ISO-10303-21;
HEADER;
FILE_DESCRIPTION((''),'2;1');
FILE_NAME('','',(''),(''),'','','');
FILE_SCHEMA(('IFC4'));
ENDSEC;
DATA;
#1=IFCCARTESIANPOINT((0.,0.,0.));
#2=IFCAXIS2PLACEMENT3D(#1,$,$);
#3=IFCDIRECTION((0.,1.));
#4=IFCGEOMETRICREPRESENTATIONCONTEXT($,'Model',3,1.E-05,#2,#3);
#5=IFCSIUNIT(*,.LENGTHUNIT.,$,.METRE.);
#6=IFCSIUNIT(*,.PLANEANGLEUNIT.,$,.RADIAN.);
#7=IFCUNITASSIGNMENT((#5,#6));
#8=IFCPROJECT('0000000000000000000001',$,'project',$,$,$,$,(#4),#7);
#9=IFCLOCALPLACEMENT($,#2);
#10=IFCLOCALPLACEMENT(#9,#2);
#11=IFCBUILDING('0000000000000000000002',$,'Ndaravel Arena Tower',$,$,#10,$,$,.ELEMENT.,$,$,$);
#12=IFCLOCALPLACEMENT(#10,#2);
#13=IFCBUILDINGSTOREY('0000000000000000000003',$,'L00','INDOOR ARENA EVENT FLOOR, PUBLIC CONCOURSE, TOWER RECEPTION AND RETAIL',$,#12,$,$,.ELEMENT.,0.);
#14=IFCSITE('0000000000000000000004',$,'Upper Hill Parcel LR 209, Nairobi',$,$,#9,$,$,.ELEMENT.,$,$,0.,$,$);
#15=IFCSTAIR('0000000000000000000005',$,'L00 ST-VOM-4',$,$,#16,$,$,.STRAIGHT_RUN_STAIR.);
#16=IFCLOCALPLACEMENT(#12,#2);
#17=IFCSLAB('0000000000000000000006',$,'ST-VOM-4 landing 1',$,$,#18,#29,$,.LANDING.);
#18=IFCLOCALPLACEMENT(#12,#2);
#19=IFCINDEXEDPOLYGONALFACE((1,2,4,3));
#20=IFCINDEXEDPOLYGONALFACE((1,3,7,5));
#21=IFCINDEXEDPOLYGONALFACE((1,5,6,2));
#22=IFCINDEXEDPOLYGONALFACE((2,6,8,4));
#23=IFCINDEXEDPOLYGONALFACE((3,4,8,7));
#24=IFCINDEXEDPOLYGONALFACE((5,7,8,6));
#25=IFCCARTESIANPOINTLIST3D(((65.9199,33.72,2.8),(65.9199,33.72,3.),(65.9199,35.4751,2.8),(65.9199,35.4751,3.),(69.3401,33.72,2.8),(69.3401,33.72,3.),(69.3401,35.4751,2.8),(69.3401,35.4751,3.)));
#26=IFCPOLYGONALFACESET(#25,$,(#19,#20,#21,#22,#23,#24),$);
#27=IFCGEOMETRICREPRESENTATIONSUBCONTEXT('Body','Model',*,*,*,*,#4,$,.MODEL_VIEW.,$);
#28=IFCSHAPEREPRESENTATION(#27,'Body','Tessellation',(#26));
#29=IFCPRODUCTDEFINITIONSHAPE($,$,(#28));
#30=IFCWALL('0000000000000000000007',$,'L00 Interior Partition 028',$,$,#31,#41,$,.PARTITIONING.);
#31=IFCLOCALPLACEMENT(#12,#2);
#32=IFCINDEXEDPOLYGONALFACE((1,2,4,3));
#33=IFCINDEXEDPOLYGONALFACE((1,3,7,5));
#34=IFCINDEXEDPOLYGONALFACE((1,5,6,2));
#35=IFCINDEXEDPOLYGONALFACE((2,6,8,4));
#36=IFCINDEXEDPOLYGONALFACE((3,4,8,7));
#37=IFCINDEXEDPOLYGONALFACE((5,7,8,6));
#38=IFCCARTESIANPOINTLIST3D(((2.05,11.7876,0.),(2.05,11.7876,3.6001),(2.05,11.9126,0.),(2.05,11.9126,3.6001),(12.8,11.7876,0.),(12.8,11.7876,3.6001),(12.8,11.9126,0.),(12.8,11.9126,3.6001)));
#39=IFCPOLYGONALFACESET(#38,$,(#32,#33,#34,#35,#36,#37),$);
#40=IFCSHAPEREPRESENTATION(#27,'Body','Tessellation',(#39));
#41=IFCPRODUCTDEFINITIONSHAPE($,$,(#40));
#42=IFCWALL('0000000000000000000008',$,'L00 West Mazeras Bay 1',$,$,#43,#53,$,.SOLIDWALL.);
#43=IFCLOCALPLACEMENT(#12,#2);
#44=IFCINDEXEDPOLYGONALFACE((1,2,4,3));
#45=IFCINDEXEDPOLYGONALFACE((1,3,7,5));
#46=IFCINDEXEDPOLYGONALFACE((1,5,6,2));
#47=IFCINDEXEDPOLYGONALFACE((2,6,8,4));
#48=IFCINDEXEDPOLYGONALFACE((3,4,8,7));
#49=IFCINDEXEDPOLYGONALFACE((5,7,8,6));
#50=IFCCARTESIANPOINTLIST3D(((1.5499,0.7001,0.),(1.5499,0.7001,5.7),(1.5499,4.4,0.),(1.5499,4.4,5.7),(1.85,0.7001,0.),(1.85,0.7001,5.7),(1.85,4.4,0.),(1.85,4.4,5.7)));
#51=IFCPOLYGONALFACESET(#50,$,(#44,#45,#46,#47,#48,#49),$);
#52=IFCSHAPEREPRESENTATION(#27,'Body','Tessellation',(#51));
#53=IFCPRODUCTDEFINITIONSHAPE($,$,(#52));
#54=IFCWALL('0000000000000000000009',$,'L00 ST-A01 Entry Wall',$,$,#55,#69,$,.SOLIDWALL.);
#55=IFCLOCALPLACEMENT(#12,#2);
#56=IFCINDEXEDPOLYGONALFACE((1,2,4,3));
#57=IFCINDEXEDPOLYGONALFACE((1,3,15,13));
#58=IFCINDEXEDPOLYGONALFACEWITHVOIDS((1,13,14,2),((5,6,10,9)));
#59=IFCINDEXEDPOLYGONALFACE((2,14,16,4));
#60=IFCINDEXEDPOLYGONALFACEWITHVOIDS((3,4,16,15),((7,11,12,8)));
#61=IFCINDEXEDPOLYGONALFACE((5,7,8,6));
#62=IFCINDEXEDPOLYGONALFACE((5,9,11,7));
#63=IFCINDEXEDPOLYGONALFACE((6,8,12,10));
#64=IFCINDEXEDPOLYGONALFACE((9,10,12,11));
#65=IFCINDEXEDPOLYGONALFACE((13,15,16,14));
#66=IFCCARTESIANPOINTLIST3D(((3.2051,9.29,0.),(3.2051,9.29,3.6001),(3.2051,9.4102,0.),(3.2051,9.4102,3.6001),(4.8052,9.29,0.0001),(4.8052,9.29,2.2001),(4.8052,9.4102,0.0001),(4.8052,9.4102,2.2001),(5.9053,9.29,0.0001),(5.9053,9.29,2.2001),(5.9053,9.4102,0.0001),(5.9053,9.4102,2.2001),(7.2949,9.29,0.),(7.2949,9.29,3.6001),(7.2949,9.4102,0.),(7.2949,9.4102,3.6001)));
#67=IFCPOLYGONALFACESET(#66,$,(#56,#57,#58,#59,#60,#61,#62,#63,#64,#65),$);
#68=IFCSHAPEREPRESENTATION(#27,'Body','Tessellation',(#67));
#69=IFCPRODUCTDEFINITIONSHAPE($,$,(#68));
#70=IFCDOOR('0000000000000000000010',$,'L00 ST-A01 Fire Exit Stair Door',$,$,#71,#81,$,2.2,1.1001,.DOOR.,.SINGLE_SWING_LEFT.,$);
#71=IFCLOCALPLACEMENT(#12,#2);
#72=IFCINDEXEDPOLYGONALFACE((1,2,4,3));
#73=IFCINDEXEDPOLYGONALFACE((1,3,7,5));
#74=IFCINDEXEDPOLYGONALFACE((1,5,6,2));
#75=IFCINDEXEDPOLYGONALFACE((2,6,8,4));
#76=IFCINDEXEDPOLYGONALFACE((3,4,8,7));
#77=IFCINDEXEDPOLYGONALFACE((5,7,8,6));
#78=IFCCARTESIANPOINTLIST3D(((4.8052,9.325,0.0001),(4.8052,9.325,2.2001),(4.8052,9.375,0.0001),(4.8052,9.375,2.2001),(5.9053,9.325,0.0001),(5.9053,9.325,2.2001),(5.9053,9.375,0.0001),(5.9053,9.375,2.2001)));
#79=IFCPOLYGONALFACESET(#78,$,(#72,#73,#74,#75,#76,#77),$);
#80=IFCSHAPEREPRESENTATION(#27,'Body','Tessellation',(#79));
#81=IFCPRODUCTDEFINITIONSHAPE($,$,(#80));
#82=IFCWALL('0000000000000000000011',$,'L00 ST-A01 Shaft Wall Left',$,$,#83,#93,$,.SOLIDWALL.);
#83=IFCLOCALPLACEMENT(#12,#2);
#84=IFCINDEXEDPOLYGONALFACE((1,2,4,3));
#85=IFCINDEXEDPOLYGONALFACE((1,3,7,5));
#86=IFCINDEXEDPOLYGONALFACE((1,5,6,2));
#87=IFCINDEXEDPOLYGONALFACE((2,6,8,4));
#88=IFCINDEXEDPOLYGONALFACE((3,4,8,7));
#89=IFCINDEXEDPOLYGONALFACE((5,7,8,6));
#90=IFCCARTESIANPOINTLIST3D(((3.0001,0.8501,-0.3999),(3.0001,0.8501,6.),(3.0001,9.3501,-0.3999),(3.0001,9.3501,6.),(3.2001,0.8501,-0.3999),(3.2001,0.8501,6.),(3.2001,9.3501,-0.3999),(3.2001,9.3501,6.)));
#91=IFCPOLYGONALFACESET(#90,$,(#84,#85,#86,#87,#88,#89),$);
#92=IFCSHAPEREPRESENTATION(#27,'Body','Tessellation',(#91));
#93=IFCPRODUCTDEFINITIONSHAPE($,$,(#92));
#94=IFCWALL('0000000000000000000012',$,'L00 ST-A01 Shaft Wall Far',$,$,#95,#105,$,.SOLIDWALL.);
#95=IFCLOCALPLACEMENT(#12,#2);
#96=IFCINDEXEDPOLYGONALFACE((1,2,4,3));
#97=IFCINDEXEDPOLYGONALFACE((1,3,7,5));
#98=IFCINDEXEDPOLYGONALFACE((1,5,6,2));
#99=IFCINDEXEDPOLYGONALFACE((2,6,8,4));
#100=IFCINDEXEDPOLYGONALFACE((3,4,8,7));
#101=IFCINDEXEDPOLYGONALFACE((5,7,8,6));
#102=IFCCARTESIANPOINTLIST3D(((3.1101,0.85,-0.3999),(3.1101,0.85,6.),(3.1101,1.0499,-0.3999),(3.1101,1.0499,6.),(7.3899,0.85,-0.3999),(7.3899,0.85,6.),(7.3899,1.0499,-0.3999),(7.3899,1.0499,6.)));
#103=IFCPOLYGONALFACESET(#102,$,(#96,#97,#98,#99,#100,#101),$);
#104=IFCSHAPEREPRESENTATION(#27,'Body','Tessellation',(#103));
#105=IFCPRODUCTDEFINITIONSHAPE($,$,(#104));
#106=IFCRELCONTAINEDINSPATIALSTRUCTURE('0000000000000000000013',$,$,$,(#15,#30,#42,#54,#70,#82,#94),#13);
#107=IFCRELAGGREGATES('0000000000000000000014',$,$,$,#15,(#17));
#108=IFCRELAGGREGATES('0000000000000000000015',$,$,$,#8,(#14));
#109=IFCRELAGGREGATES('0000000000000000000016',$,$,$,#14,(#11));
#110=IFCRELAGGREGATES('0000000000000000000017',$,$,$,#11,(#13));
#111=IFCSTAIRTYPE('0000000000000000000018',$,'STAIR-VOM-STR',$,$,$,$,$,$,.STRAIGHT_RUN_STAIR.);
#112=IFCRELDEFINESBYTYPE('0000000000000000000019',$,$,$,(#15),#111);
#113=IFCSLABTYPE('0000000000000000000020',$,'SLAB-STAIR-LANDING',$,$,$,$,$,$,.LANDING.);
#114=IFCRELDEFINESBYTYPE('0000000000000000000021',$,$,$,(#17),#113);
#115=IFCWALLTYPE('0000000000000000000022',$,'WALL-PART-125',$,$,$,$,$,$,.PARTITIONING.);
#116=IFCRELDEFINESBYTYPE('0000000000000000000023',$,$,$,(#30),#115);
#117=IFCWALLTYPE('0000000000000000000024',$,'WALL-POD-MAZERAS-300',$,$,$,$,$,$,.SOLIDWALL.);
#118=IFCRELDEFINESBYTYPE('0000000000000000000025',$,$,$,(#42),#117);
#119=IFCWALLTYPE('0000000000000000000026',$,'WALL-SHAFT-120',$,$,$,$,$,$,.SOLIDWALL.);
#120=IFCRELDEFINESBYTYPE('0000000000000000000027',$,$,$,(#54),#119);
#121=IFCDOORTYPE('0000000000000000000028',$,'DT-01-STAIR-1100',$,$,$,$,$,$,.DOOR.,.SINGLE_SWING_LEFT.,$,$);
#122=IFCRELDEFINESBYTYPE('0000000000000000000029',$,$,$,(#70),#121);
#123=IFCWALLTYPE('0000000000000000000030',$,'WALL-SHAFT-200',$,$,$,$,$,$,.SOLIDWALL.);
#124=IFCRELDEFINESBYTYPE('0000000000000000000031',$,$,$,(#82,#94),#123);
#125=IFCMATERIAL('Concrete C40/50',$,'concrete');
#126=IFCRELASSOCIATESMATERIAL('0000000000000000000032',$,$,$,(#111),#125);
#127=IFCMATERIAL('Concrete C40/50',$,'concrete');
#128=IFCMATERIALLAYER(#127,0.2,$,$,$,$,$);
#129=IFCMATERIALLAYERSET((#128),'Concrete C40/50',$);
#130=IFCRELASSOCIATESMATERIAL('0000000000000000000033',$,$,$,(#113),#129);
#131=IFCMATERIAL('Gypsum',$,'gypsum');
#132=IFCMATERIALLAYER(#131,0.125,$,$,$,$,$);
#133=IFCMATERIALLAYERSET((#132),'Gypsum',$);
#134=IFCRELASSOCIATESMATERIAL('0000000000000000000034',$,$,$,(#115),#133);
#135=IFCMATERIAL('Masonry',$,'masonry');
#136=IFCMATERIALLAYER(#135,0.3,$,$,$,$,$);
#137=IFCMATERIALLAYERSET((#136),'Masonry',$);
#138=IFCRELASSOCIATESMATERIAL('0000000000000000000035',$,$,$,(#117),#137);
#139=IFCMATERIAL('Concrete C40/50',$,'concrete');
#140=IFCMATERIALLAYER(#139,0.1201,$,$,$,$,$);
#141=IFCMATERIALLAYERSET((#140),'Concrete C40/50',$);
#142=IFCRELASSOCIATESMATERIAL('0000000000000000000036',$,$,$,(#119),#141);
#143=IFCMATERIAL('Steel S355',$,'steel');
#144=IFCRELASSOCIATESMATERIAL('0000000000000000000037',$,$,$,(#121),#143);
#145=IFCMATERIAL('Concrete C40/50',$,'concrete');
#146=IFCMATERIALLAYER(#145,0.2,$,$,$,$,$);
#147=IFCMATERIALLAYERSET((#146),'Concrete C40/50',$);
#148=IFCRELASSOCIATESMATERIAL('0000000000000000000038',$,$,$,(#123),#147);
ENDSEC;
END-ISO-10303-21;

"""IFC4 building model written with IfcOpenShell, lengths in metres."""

from ifc_helpers import new_model, si_unit, direction, frame, frame_2d, origin, place, context, subcontext, project, spatial, polyline, rectangle, outline, extrude, material, layer, layer_set, type_object, element, fill, aggregate, save


model = new_model("IFC4")

# Units and contexts
model_context = context("Model", 3, precision=1e-05, world=origin(), true_north=direction((0.0, 1.0)))
body_context = subcontext(model_context, "Body", "Model", "MODEL_VIEW")
ifc_project = project(units=[si_unit("LENGTHUNIT", "METRE"), si_unit("PLANEANGLEUNIT", "RADIAN")], contexts=[model_context])

# Site, building, storey
site_placement = place(None, origin())
site = spatial("IfcSite", under=ifc_project, at=site_placement, Name="Upper Hill Parcel LR 209, Nairobi", CompositionType="ELEMENT", RefElevation=0.0)
building_placement = place(site_placement, origin())
building = spatial("IfcBuilding", under=site, at=building_placement, Name="Ndaravel Arena Tower", CompositionType="ELEMENT")
storey_placement = place(building_placement, origin())
storey = spatial("IfcBuildingStorey", under=building, at=storey_placement, Name="L00", Description="INDOOR ARENA EVENT FLOOR, PUBLIC CONCOURSE, TOWER RECEPTION AND RETAIL", CompositionType="ELEMENT", Elevation=0.0)

# Stair, slab
ifc_material_1 = material(Name="Concrete C40/50", Category="concrete")
stair_type = type_object("IfcStairType", Name="STAIR-VOM-STR", PredefinedType="STRAIGHT_RUN_STAIR", material=ifc_material_1)
ifc_material_2 = material(Name="Concrete C40/50", Category="concrete")
ifc_layer_1 = layer(ifc_material_2, 0.2)
ifc_layer_set_1 = layer_set([ifc_layer_1], Name="Concrete C40/50")
slab_type = type_object("IfcSlabType", Name="SLAB-STAIR-LANDING", PredefinedType="LANDING", material=ifc_layer_set_1)
stair_1_placement = place(storey_placement, origin())
stair_1 = element("IfcStair", 1, at=stair_1_placement, inside=storey, type_object=stair_type, Name="L00 ST-VOM-4", PredefinedType="STRAIGHT_RUN_STAIR")
slab_1_placement = place(storey_placement, frame((0.0, 0.0, 2.8)))
slab_1 = element("IfcSlab", 2, at=slab_1_placement, type_object=slab_type, Name="ST-VOM-4 landing 1", PredefinedType="LANDING", context=body_context, shape_type="SweptSolid", body=[
    extrude(outline(polyline([(65.9199, 35.4751), (65.9199, 33.72), (69.3401, 33.72), (69.3401, 35.4751), (65.9199, 35.4751)])), origin(), (0.0, 0.0, 1.0), 0.2),
])
aggregate(stair_1, [slab_1])

# Walls
ifc_material_3 = material(Name="Gypsum", Category="gypsum")
ifc_layer_2 = layer(ifc_material_3, 0.125)
ifc_layer_set_2 = layer_set([ifc_layer_2], Name="Gypsum")
wall_type_1 = type_object("IfcWallType", Name="WALL-PART-125", PredefinedType="PARTITIONING", material=ifc_layer_set_2)
wall_1_placement = place(storey_placement, frame((2.05, 11.8501, 0.0), z_axis=(0.0, 0.0, 1.0), x_axis=(1.0, 0.0, 0.0)))
element("IfcWall", 3, at=wall_1_placement, inside=storey, type_object=wall_type_1, Name="L00 Interior Partition 028", PredefinedType="PARTITIONING", context=body_context, shape_type="SweptSolid", body=[
    extrude(rectangle(XDim=10.75, YDim=0.125, at=frame_2d((5.375, 0.0))), origin(), (0.0, 0.0, 1.0), 3.6001),
])
ifc_material_4 = material(Name="Masonry", Category="masonry")
ifc_layer_3 = layer(ifc_material_4, 0.3)
ifc_layer_set_3 = layer_set([ifc_layer_3], Name="Masonry")
wall_type_2 = type_object("IfcWallType", Name="WALL-POD-MAZERAS-300", PredefinedType="SOLIDWALL", material=ifc_layer_set_3)
wall_2_placement = place(storey_placement, frame((1.7, 0.7, 0.0), z_axis=(0.0, 0.0, 1.0), x_axis=(0.0, 1.0, 0.0)))
element("IfcWall", 4, at=wall_2_placement, inside=storey, type_object=wall_type_2, Name="L00 West Mazeras Bay 1", PredefinedType="SOLIDWALL", context=body_context, shape_type="SweptSolid", body=[
    extrude(rectangle(XDim=3.7, YDim=0.3, at=frame_2d((1.8501, 0.0))), origin(), (0.0, 0.0, 1.0), 5.7),
])

# Wall, opening, door
ifc_material_5 = material(Name="Concrete C40/50", Category="concrete")
ifc_layer_4 = layer(ifc_material_5, 0.1201)
ifc_layer_set_4 = layer_set([ifc_layer_4], Name="Concrete C40/50")
wall_type_3 = type_object("IfcWallType", Name="WALL-SHAFT-120", PredefinedType="SOLIDWALL", material=ifc_layer_set_4)
wall_3_placement = place(storey_placement, frame((3.2051, 9.3501, 0.0), z_axis=(0.0, 0.0, 1.0), x_axis=(1.0, 0.0, 0.0)))
wall_3 = element("IfcWall", 5, at=wall_3_placement, inside=storey, type_object=wall_type_3, Name="L00 ST-A01 Entry Wall", PredefinedType="SOLIDWALL", context=body_context, shape_type="SweptSolid", body=[
    extrude(rectangle(XDim=4.0898, YDim=0.1201, at=frame_2d((2.0449, 0.0))), origin(), (0.0, 0.0, 1.0), 3.6001),
])
opening_1_placement = place(wall_3_placement, frame((1.6001, 0.0, 0.0)))
opening_1 = element("IfcOpeningElement", 6, at=opening_1_placement, cuts=wall_3, PredefinedType="OPENING", context=body_context, shape_type="SweptSolid", body=[
    extrude(rectangle(XDim=1.1001, YDim=2.2, at=frame_2d((0.55, 1.1001))), frame((0.0, 0.0601, 0.0), z_axis=(0.0, -1.0, 0.0), x_axis=(1.0, 0.0, 0.0)), (0.0, 0.0, 1.0), 0.1201),
])
ifc_material_6 = material(Name="Steel S355", Category="steel")
door_type_1 = type_object("IfcDoorType", Name="DT-01-STAIR-1100", OperationType="SINGLE_SWING_LEFT", PredefinedType="DOOR", material=ifc_material_6)
door_1_placement = place(opening_1_placement, origin())
door_1 = element("IfcDoor", 7, at=door_1_placement, inside=storey, type_object=door_type_1, Name="L00 ST-A01 Fire Exit Stair Door", OperationType="SINGLE_SWING_LEFT", OverallHeight=2.2, OverallWidth=1.1001, PredefinedType="DOOR", context=body_context, shape_type="SweptSolid", body=[
    extrude(rectangle(XDim=1.1001, YDim=2.2, at=frame_2d((0.55, 1.1001))), frame((0.0, 0.0249, 0.0), z_axis=(0.0, -1.0, 0.0), x_axis=(1.0, 0.0, 0.0)), (0.0, 0.0, 1.0), 0.05),
])
fill(opening_1, door_1)

# Walls
ifc_material_7 = material(Name="Concrete C40/50", Category="concrete")
ifc_layer_5 = layer(ifc_material_7, 0.2)
ifc_layer_set_5 = layer_set([ifc_layer_5], Name="Concrete C40/50")
wall_type_4 = type_object("IfcWallType", Name="WALL-SHAFT-200", PredefinedType="SOLIDWALL", material=ifc_layer_set_5)
wall_4_placement = place(storey_placement, frame((3.1001, 9.3501, -0.3999), z_axis=(0.0, 0.0, 1.0), x_axis=(0.0, -1.0, 0.0)))
element("IfcWall", 8, at=wall_4_placement, inside=storey, type_object=wall_type_4, Name="L00 ST-A01 Shaft Wall Left", PredefinedType="SOLIDWALL", context=body_context, shape_type="SweptSolid", body=[
    extrude(rectangle(XDim=8.5, YDim=0.2, at=frame_2d((4.25, 0.0))), origin(), (0.0, 0.0, 1.0), 6.3999),
])
wall_5_placement = place(storey_placement, frame((3.1101, 0.95, -0.3999), z_axis=(0.0, 0.0, 1.0), x_axis=(1.0, 0.0, 0.0)))
element("IfcWall", 9, at=wall_5_placement, inside=storey, type_object=wall_type_4, Name="L00 ST-A01 Shaft Wall Far", PredefinedType="SOLIDWALL", context=body_context, shape_type="SweptSolid", body=[
    extrude(rectangle(XDim=4.2798, YDim=0.2, at=frame_2d((2.1399, 0.0))), origin(), (0.0, 0.0, 1.0), 6.3999),
])

save(model, "model.ifc")
